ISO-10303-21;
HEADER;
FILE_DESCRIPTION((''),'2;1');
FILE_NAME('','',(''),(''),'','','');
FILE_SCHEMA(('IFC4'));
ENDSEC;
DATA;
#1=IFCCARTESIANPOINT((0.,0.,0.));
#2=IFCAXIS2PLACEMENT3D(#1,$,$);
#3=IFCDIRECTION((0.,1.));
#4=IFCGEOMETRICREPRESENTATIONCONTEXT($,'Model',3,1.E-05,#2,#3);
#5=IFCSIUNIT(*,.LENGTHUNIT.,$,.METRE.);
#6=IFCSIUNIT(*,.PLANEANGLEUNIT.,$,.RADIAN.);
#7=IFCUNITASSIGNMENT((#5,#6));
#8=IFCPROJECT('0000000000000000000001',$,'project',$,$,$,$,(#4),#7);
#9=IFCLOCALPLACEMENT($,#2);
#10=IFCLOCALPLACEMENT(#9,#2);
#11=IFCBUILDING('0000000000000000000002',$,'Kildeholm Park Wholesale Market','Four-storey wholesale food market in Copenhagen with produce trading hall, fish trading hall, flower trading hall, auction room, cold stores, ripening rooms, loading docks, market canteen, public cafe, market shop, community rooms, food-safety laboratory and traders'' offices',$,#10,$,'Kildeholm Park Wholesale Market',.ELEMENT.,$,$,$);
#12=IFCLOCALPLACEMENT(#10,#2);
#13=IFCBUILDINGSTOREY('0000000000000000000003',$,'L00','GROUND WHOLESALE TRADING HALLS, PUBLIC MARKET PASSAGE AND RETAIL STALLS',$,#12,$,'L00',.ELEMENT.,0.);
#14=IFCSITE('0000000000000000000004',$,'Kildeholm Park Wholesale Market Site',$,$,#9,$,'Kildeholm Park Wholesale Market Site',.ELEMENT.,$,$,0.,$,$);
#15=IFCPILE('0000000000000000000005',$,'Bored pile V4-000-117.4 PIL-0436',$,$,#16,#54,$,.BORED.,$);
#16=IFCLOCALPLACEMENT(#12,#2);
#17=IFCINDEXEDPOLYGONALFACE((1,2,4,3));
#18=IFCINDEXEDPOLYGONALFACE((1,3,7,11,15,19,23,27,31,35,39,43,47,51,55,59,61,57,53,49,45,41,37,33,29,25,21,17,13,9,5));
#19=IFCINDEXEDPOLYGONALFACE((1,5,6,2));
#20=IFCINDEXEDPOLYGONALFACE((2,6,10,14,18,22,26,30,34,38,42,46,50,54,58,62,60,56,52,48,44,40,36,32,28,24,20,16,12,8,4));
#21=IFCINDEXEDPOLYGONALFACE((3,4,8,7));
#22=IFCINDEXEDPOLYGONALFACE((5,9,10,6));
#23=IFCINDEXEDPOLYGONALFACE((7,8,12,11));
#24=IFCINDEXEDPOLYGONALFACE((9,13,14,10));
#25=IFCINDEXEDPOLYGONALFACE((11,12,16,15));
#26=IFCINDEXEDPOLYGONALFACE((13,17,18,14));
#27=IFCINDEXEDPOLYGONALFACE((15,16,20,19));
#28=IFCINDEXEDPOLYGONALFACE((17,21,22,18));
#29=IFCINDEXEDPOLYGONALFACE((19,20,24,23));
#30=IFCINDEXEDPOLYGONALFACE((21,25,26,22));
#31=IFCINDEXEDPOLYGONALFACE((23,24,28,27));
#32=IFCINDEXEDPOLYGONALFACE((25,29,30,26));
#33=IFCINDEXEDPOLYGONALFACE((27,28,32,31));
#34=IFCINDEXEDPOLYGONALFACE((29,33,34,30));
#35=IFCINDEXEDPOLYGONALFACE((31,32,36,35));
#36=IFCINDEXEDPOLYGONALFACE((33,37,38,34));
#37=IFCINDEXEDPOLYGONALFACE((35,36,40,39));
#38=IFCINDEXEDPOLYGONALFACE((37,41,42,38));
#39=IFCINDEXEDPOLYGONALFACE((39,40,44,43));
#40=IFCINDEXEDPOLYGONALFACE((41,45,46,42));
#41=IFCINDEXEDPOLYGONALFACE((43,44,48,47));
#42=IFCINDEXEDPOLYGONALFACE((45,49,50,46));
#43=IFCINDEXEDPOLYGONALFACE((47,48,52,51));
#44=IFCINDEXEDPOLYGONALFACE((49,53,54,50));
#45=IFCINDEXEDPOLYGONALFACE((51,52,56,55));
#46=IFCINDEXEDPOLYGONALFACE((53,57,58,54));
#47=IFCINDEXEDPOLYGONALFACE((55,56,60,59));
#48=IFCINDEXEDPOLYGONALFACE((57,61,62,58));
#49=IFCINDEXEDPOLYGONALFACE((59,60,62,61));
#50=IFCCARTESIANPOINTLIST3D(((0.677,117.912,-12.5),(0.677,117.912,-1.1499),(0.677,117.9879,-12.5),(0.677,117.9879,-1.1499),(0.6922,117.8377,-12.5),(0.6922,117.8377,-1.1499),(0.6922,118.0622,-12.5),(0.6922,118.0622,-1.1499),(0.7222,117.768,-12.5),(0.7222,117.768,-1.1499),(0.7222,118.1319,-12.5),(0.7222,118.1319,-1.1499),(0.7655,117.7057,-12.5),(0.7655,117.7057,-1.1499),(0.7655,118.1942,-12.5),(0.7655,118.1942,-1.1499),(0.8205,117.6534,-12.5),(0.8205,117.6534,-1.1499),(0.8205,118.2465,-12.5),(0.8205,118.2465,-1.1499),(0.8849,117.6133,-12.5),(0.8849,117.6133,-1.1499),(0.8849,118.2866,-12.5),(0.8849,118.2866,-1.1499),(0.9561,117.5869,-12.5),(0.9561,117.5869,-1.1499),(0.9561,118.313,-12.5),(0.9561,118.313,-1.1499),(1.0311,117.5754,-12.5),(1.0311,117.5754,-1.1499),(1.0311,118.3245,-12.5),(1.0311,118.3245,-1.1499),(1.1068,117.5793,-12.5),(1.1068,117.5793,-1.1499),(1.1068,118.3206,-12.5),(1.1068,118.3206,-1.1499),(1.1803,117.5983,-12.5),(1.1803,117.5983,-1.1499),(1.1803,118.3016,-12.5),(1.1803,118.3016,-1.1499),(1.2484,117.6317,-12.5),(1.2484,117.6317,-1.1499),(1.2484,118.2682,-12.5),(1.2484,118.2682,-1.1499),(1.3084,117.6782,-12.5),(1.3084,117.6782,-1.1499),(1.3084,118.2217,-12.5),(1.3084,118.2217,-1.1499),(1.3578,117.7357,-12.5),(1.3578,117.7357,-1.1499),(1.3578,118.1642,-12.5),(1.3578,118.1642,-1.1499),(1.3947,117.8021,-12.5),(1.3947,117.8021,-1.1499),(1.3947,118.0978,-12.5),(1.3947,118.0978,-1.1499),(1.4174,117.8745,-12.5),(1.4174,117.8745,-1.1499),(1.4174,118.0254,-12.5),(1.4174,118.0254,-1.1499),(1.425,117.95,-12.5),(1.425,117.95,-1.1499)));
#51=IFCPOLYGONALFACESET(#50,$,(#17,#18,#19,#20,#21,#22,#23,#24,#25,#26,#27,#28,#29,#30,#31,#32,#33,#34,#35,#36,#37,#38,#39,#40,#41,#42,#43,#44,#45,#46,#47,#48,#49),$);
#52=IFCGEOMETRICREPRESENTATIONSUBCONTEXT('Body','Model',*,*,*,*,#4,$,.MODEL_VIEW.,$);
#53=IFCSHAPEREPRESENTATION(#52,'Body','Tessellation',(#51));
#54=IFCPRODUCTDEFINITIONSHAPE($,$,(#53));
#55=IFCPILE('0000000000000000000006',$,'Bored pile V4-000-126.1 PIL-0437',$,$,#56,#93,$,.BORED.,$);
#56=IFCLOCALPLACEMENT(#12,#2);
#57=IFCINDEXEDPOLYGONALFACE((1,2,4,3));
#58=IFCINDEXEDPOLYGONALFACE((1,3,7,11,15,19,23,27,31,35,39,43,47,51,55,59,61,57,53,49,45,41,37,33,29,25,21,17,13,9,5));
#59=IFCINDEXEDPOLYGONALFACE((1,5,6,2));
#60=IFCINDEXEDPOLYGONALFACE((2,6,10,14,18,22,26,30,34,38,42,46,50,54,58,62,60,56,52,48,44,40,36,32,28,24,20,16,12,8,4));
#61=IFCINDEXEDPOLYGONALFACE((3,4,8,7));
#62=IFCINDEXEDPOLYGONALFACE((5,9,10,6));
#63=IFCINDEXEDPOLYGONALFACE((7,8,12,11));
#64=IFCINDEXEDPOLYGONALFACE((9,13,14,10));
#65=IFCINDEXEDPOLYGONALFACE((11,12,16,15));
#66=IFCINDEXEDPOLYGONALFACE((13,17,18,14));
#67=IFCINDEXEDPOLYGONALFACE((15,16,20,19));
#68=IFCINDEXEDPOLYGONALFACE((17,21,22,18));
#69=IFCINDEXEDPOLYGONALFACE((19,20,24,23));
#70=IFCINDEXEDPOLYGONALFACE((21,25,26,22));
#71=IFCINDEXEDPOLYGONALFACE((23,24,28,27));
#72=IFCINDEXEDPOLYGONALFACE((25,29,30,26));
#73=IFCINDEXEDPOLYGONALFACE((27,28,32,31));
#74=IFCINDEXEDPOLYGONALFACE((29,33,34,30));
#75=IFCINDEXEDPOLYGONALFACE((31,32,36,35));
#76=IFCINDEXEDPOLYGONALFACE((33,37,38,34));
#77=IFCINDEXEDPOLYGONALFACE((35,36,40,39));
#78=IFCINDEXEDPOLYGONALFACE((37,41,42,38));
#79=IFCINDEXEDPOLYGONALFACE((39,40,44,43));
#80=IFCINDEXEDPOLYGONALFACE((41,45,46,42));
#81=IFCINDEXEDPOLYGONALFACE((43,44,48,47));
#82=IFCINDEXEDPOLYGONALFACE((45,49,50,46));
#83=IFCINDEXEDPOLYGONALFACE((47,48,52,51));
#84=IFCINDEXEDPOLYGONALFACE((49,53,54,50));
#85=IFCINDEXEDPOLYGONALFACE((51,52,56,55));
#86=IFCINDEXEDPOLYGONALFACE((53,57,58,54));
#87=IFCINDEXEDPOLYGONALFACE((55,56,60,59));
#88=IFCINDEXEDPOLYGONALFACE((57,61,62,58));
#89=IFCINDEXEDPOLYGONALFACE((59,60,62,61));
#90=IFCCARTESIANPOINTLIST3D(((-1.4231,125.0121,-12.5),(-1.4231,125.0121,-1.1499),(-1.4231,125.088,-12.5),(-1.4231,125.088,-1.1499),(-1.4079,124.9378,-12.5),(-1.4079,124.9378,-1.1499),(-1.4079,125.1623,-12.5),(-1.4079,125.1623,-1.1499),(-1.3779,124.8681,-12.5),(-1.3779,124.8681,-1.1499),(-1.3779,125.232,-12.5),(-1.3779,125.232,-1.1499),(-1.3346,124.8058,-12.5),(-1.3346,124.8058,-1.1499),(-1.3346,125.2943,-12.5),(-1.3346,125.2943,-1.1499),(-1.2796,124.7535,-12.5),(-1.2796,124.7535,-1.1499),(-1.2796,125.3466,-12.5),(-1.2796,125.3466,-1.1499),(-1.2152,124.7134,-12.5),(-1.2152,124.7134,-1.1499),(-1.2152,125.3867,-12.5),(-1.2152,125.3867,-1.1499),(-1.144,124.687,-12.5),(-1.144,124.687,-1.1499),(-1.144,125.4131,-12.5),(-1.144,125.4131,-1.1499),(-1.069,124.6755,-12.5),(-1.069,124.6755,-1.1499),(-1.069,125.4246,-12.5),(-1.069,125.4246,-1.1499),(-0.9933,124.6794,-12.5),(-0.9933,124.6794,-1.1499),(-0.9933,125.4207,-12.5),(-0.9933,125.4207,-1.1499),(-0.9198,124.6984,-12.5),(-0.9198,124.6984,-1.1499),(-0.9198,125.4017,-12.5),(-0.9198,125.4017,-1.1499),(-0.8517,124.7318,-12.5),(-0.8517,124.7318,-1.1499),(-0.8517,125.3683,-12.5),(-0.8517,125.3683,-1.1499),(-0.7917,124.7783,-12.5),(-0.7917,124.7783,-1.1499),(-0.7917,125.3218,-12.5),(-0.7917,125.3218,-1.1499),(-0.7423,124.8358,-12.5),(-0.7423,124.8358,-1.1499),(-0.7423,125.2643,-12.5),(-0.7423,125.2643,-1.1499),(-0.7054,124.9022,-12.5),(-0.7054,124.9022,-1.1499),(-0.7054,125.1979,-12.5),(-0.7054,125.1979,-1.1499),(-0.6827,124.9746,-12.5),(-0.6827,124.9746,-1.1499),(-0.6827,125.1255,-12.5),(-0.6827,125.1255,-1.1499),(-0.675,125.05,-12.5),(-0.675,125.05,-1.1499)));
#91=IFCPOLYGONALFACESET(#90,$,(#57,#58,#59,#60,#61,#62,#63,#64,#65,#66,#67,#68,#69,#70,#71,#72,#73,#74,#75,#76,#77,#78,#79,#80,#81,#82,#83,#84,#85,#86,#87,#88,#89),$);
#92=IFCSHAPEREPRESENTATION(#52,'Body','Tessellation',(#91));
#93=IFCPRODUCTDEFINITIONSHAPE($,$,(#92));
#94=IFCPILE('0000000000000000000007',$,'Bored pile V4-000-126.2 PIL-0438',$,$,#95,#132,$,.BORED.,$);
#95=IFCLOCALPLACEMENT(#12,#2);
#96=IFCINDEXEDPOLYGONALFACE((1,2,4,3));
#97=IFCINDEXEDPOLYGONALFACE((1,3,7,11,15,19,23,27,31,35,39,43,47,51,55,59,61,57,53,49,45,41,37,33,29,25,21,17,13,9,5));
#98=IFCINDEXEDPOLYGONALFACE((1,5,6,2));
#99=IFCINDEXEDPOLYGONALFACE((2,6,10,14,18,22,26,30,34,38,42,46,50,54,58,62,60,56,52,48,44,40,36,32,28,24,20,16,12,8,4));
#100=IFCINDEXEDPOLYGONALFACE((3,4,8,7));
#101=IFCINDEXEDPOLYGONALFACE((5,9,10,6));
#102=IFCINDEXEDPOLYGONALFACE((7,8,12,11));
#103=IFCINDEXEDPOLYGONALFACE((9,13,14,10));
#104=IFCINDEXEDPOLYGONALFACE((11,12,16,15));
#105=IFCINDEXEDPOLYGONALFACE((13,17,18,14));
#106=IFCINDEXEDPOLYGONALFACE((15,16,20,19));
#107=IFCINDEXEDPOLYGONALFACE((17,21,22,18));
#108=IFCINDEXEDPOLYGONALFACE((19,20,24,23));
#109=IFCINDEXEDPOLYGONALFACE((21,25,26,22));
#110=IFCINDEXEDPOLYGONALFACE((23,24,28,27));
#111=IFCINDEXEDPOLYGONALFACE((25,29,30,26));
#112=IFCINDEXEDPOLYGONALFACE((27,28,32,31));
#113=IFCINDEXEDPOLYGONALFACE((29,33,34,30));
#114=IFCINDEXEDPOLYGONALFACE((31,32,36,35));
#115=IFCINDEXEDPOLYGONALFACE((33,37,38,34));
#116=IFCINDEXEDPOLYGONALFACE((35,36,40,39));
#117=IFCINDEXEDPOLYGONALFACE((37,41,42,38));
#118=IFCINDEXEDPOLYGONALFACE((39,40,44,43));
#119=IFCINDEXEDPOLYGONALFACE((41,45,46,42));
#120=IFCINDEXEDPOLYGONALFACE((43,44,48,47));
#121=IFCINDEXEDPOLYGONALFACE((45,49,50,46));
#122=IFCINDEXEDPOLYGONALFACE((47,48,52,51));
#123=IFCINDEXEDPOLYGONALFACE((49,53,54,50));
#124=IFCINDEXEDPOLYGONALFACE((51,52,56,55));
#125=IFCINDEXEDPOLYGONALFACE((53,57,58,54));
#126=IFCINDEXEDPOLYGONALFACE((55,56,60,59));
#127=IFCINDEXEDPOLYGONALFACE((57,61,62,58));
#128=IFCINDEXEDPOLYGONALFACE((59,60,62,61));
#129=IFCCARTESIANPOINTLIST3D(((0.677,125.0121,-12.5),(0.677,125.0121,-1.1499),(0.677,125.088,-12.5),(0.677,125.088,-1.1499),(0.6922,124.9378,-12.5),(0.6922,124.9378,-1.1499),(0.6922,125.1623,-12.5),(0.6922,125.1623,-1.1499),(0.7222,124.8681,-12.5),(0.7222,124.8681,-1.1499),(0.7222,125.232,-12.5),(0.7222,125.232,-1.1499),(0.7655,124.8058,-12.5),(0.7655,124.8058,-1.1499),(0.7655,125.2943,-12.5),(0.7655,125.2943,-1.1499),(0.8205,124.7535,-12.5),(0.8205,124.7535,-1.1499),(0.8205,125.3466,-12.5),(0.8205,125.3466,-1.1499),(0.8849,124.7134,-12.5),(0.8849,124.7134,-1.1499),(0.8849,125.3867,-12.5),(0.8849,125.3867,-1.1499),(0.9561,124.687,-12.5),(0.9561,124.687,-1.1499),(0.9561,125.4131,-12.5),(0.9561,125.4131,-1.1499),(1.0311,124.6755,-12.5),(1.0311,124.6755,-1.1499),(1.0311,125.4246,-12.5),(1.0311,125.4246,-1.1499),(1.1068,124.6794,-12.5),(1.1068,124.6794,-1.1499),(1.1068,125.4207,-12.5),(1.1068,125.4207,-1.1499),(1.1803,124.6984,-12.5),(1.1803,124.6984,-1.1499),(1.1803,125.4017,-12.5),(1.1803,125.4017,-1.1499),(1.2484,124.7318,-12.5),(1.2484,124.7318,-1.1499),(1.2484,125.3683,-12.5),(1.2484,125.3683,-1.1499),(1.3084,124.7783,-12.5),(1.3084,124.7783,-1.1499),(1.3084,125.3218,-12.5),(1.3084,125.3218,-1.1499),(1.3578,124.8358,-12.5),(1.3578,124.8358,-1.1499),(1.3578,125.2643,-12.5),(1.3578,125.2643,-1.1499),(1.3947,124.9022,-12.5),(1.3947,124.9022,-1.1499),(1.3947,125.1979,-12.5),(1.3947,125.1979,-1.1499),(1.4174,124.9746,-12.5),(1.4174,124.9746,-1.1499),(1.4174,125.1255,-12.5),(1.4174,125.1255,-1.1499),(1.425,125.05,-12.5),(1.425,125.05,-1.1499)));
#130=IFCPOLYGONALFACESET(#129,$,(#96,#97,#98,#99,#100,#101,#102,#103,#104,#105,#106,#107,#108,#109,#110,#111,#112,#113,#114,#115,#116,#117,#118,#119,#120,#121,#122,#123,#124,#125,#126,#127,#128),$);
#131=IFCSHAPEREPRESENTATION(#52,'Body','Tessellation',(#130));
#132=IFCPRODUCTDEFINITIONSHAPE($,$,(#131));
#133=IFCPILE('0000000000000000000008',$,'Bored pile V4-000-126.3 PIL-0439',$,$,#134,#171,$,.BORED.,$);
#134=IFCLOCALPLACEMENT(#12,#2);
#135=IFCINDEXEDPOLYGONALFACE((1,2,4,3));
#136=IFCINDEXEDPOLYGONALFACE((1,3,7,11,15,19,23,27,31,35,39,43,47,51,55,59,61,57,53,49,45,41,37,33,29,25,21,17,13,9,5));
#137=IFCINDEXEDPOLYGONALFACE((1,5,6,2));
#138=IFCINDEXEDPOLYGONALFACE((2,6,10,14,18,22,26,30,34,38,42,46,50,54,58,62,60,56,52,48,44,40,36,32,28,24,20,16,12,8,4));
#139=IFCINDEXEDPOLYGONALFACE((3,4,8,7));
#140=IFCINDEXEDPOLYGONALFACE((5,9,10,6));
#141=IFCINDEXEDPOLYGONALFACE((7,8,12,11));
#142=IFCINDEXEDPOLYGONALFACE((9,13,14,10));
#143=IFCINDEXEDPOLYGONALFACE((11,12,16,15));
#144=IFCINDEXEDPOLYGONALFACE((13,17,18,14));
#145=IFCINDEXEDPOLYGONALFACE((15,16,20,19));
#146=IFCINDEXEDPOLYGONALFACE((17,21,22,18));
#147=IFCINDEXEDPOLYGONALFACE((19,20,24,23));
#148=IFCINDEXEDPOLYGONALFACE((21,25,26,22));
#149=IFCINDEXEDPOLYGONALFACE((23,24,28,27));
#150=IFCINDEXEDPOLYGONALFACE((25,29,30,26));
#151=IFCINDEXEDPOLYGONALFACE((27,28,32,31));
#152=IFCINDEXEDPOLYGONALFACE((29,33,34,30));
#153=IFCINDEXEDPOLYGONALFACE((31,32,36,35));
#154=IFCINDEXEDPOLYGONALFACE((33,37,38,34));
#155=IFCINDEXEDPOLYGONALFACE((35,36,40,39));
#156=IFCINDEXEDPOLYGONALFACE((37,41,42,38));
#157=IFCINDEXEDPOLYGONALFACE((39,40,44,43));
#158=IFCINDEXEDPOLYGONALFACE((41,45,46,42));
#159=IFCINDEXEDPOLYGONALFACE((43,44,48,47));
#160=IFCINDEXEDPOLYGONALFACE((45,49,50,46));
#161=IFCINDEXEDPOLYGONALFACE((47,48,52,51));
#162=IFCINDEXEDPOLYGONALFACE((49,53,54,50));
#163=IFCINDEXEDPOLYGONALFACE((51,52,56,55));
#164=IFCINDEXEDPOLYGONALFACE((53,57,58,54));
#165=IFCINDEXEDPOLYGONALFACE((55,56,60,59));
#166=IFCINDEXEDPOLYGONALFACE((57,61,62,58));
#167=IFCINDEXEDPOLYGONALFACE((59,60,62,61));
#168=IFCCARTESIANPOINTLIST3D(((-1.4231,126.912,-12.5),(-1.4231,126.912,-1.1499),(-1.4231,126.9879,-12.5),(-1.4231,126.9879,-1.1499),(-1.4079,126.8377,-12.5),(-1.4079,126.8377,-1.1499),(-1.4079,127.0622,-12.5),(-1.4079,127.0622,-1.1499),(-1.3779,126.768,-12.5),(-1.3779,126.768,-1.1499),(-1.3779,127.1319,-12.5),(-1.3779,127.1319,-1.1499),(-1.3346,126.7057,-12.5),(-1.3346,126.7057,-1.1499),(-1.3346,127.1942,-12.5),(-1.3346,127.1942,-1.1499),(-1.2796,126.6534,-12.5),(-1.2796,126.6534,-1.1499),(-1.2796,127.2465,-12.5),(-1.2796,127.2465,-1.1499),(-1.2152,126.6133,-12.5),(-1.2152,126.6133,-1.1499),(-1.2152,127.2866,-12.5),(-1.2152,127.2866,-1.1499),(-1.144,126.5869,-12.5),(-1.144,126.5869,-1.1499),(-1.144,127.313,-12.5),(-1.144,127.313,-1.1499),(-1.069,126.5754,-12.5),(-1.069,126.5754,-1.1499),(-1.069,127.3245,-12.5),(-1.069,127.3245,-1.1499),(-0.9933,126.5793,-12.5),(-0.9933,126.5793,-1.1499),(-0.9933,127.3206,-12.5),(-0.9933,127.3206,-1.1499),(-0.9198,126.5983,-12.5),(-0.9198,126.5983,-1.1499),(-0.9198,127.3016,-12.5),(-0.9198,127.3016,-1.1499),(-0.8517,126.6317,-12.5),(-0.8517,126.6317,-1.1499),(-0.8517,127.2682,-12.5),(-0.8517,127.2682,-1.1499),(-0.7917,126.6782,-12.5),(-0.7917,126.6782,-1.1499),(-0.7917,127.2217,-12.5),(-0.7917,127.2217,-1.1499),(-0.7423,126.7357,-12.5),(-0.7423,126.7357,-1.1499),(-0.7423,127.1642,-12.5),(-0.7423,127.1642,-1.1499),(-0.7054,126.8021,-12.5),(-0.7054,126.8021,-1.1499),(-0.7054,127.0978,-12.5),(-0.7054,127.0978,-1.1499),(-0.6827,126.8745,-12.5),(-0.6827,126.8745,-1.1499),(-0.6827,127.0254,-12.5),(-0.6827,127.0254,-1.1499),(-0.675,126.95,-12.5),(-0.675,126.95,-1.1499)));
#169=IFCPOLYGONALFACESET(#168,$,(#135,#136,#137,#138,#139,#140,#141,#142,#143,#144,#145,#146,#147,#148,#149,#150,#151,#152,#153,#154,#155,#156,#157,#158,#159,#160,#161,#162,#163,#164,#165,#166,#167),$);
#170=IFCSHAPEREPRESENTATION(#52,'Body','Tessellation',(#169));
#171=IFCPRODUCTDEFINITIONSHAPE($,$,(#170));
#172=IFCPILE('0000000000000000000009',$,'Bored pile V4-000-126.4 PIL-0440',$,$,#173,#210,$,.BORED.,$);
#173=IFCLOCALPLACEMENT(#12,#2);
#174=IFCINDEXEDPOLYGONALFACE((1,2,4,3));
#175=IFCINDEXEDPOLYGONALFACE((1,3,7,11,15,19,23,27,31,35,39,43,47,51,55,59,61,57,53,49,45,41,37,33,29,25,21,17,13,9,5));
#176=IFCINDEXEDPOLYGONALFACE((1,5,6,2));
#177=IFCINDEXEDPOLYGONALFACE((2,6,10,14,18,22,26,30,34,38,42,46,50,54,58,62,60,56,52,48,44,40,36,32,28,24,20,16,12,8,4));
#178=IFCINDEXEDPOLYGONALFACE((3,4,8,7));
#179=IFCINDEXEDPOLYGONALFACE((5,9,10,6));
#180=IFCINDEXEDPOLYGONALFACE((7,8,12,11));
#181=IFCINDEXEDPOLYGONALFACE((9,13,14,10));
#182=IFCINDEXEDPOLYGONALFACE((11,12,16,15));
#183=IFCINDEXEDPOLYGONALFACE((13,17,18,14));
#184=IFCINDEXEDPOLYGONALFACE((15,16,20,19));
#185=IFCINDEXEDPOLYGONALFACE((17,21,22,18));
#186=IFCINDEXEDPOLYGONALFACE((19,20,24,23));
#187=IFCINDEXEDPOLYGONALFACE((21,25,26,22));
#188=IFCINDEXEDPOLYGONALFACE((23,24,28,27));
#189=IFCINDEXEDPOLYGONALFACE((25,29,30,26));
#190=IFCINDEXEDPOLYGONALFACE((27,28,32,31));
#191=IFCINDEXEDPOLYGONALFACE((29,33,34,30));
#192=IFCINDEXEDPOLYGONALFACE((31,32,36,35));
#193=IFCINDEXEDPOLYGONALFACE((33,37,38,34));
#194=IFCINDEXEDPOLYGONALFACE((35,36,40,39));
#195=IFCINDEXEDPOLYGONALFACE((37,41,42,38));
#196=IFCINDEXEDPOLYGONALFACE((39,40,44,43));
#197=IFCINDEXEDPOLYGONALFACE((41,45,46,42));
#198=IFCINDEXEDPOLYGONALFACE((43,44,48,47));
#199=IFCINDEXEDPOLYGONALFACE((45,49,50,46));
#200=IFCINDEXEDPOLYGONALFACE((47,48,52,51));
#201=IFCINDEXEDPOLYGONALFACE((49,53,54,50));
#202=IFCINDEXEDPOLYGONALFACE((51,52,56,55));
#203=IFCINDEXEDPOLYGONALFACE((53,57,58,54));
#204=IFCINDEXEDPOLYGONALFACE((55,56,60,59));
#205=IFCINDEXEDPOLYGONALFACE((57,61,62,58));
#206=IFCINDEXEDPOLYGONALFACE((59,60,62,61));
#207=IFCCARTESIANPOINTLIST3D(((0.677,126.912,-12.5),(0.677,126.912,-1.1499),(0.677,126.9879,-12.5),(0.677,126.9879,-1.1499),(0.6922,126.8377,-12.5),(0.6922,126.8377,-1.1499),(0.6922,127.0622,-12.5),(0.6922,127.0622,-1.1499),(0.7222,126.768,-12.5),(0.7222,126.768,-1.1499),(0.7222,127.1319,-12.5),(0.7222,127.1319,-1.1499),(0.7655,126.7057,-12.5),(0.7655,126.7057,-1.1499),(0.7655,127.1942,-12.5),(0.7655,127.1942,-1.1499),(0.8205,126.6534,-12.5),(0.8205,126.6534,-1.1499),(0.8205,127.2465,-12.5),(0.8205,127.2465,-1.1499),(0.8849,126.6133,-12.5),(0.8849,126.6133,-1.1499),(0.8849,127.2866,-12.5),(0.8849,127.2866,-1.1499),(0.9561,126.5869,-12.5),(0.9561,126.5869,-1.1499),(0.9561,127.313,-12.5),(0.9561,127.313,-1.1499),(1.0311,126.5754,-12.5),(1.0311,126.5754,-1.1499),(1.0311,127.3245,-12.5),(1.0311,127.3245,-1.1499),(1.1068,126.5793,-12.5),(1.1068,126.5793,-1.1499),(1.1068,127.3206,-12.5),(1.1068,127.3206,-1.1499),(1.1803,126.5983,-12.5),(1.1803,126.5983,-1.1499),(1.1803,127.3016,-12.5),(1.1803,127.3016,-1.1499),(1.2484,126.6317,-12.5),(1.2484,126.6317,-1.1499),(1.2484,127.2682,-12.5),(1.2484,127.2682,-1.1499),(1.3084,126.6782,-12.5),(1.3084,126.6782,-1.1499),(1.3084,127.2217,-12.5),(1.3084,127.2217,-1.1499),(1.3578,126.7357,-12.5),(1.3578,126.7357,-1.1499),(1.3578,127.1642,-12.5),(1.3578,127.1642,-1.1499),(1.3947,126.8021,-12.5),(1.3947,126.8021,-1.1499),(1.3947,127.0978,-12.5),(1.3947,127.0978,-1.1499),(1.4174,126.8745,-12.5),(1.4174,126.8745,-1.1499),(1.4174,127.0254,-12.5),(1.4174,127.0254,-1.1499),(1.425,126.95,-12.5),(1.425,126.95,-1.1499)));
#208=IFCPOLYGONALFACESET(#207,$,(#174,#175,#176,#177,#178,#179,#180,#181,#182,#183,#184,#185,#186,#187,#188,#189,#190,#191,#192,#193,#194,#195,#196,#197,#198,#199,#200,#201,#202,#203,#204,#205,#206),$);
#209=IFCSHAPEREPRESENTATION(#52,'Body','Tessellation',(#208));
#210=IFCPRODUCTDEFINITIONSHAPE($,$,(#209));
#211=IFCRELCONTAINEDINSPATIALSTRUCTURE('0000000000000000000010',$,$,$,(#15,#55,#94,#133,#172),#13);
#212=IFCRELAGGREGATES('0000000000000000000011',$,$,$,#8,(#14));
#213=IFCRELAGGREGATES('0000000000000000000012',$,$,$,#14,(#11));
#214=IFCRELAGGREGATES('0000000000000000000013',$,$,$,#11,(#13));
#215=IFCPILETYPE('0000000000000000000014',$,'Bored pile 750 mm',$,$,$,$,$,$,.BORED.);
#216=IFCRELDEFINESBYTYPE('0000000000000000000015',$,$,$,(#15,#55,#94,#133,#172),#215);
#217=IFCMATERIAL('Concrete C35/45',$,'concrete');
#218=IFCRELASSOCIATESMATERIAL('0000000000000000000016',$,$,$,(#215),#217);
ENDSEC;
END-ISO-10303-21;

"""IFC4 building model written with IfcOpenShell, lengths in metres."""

from ifc_helpers import new_model, si_unit, direction, frame, origin, origin_2d, place, context, subcontext, project, spatial, circle, extrude, material, material_profile, profile_set, type_object, element, save


model = new_model("IFC4")

# Units and contexts
model_context = context("Model", 3, precision=1e-05, world=origin(), true_north=direction((0.0, 1.0)))
body_context = subcontext(model_context, "Body", "Model", "MODEL_VIEW")
ifc_project = project(units=[si_unit("LENGTHUNIT", "METRE"), si_unit("PLANEANGLEUNIT", "RADIAN")], contexts=[model_context])

# Site, building, storey
site_placement = place(None, origin())
site = spatial("IfcSite", under=ifc_project, at=site_placement, Name="Kildeholm Park Wholesale Market Site", LongName="Kildeholm Park Wholesale Market Site", CompositionType="ELEMENT", RefElevation=0.0)
building_placement = place(site_placement, origin())
building = spatial("IfcBuilding", under=site, at=building_placement, Name="Kildeholm Park Wholesale Market", Description="Four-storey wholesale food market in Copenhagen with produce trading hall, fish trading hall, flower trading hall, auction room, cold stores, ripening rooms, loading docks, market canteen, public cafe, market shop, community rooms, food-safety laboratory and traders' offices", LongName="Kildeholm Park Wholesale Market", CompositionType="ELEMENT")
storey_placement = place(building_placement, origin())
storey = spatial("IfcBuildingStorey", under=building, at=storey_placement, Name="L00", Description="GROUND WHOLESALE TRADING HALLS, PUBLIC MARKET PASSAGE AND RETAIL STALLS", LongName="L00", CompositionType="ELEMENT", Elevation=0.0)

# Piles
ifc_material_1 = material(Name="Concrete C35/45", Category="concrete")
ifc_material_profile_1 = material_profile(ifc_material_1, circle(Radius=0.375, at=origin_2d()), Name="PILE D750")
ifc_profile_set_1 = profile_set([ifc_material_profile_1], Name="Concrete C35/45")
pile_type = type_object("IfcPileType", Name="Bored pile 750 mm", PredefinedType="BORED", material=ifc_profile_set_1)
for number, where, z_axis, x_axis, name in (
    (1, (1.05, 117.95, -1.1499), (0.0, 0.0, -1.0), (1.0, 0.0, 0.0), "Bored pile V4-000-117.4 PIL-0436"),
    (2, (-1.05, 125.05, -1.1499), (0.0, 0.0, -1.0), (1.0, 0.0, 0.0), "Bored pile V4-000-126.1 PIL-0437"),
    (3, (1.05, 125.05, -1.1499), (0.0, 0.0, -1.0), (1.0, 0.0, 0.0), "Bored pile V4-000-126.2 PIL-0438"),
    (4, (-1.05, 126.95, -1.1499), (0.0, 0.0, -1.0), (1.0, 0.0, 0.0), "Bored pile V4-000-126.3 PIL-0439"),
    (5, (1.05, 126.95, -1.1499), (0.0, 0.0, -1.0), (1.0, 0.0, 0.0), "Bored pile V4-000-126.4 PIL-0440"),
):
    element("IfcPile", number, at=place(storey_placement, frame(where, z_axis=z_axis, x_axis=x_axis)), inside=storey, type_object=pile_type, Name=name, PredefinedType="BORED", context=body_context, shape_type="SweptSolid", body=[
        extrude(circle(Radius=0.375, at=origin_2d()), origin(), (0.0, 0.0, 1.0), 11.3501),
    ])

save(model, "model.ifc")
